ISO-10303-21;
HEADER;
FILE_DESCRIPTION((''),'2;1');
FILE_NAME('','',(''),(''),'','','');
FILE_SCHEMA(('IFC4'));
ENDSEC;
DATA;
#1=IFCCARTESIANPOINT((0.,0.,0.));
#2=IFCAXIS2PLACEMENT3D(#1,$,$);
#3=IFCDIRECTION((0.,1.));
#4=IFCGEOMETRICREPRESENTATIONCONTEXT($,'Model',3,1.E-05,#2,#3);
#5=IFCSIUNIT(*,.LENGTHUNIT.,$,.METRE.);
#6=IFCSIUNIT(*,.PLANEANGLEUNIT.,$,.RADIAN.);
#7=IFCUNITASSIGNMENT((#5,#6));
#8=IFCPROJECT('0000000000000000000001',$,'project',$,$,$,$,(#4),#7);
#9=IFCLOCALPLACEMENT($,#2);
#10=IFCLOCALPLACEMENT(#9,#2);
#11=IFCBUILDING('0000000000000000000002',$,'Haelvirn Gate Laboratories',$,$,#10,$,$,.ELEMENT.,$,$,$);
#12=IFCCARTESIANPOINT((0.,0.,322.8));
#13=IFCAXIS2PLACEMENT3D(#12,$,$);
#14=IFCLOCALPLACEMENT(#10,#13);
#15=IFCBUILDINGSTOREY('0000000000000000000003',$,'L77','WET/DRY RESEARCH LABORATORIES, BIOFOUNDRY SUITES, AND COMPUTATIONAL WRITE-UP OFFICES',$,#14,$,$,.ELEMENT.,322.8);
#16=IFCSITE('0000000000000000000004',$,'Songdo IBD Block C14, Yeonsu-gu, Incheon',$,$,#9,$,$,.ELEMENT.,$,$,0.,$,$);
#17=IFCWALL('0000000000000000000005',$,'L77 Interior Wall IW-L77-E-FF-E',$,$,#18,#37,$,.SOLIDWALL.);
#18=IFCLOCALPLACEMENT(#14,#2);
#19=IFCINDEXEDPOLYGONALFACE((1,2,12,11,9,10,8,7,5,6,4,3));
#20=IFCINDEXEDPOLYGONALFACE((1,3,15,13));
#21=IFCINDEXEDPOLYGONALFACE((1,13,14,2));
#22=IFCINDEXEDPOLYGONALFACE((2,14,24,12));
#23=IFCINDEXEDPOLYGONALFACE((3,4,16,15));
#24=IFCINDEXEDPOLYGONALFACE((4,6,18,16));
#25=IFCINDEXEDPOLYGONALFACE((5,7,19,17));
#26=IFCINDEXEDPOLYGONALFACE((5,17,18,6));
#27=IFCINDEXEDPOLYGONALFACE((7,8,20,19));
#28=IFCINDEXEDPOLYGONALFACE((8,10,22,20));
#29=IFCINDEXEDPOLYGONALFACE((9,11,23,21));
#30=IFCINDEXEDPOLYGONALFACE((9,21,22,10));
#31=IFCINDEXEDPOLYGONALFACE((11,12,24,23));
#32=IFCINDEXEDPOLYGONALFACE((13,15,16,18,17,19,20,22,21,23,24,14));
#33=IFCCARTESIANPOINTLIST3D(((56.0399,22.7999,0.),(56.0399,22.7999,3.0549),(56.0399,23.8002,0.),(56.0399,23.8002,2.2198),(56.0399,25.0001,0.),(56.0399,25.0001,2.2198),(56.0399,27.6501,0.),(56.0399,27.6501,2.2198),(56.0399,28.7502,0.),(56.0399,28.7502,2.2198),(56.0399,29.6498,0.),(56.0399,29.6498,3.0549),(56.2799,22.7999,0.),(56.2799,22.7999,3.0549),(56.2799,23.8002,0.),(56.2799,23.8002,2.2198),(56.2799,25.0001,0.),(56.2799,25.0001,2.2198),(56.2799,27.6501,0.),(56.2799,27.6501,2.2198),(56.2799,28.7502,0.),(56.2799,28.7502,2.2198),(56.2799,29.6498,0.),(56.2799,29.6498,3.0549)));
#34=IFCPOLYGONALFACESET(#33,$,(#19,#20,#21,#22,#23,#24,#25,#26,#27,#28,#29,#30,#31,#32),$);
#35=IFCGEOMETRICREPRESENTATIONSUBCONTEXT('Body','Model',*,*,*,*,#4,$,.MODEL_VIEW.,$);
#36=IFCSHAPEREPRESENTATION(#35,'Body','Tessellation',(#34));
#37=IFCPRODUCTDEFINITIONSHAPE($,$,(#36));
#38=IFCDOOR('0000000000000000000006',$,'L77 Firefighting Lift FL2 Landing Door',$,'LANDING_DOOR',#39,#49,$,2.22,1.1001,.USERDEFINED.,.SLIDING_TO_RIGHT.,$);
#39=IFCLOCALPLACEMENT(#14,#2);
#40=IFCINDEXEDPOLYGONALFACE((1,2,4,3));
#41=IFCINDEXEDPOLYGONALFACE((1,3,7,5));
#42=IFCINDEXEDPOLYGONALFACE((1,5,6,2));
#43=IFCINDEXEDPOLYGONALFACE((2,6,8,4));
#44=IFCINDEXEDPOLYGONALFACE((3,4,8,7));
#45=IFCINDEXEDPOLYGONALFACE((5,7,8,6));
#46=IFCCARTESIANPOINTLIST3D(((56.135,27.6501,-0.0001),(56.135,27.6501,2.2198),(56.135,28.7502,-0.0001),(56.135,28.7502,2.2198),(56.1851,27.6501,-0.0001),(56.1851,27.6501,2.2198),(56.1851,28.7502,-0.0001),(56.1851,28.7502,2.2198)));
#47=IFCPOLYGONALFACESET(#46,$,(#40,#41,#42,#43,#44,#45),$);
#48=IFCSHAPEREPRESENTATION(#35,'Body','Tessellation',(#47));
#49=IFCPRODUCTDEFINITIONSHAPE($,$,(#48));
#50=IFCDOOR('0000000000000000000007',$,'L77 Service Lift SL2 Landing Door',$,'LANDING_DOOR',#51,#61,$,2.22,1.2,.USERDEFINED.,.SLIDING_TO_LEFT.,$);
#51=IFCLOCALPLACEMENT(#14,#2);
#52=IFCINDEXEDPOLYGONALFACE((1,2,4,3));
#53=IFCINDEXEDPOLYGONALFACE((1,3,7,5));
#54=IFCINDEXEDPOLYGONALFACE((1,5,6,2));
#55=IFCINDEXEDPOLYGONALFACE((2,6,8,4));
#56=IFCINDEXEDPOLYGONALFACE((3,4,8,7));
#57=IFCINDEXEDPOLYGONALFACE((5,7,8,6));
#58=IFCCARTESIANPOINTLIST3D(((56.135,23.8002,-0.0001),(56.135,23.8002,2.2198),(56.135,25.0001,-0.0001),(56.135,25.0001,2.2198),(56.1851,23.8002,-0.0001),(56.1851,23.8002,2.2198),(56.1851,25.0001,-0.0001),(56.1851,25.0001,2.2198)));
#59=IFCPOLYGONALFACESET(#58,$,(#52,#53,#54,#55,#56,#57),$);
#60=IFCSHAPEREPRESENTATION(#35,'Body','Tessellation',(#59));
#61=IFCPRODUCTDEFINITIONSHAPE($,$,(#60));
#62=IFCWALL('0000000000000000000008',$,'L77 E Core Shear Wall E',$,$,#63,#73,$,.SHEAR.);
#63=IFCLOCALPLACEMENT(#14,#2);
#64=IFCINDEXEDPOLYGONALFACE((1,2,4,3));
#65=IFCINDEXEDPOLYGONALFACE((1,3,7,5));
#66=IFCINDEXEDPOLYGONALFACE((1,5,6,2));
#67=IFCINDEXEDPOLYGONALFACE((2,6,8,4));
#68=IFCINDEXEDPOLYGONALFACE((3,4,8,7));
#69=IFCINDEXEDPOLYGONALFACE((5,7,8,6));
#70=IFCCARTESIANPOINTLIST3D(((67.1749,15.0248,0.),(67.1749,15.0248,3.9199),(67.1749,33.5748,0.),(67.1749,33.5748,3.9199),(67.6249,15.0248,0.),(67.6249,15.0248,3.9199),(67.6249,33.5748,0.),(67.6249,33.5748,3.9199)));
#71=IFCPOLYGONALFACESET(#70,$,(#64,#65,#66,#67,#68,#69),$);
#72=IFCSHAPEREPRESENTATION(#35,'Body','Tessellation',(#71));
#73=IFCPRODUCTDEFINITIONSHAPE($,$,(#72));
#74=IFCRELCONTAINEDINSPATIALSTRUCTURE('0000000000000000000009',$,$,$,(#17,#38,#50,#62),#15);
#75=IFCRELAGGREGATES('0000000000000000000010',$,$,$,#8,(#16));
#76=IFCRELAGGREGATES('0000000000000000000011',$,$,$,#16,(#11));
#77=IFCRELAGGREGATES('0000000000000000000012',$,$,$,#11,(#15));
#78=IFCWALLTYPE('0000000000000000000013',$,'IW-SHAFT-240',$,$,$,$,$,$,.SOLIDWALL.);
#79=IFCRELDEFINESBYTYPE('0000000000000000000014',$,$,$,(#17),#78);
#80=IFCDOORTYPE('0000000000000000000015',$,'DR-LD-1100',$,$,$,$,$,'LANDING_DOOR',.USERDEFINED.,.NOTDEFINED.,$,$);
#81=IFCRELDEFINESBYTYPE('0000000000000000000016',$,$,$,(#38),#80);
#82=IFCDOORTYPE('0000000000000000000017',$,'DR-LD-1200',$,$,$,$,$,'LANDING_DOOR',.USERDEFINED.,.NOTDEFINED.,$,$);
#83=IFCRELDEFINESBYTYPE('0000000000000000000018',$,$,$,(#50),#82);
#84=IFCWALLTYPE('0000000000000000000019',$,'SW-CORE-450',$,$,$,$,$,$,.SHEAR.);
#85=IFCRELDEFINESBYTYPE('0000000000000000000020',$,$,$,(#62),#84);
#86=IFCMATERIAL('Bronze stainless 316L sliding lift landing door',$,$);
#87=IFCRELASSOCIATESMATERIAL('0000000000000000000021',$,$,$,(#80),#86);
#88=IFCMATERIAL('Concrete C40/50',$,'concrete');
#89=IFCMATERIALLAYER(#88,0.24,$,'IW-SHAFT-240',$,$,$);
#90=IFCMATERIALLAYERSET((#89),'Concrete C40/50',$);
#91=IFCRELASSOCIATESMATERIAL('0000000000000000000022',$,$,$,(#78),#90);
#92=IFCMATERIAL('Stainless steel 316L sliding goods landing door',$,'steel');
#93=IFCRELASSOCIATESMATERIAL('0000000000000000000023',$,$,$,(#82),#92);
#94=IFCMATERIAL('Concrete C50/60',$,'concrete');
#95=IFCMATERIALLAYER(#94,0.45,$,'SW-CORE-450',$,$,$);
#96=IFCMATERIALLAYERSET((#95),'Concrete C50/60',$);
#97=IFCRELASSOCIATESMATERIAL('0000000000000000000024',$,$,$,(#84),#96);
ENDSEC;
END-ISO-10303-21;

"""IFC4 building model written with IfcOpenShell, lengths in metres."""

from ifc_helpers import new_model, si_unit, direction, frame, frame_2d, origin, place, context, subcontext, project, spatial, rectangle, extrude, source, transform, mapped, material, layer, layer_set, type_object, type_shapes, element, fill, save


model = new_model("IFC4")

# Units and contexts
model_context = context("Model", 3, precision=1e-05, world=origin(), true_north=direction((0.0, 1.0)))
body_context = subcontext(model_context, "Body", "Model", "MODEL_VIEW")
ifc_project = project(units=[si_unit("LENGTHUNIT", "METRE"), si_unit("PLANEANGLEUNIT", "RADIAN")], contexts=[model_context])

# Site, building, storey
site_placement = place(None, origin())
site = spatial("IfcSite", under=ifc_project, at=site_placement, Name="Songdo IBD Block C14, Yeonsu-gu, Incheon", CompositionType="ELEMENT", RefElevation=0.0)
building_placement = place(site_placement, origin())
building = spatial("IfcBuilding", under=site, at=building_placement, Name="Haelvirn Gate Laboratories", CompositionType="ELEMENT")
storey_placement = place(building_placement, frame((0.0, 0.0, 322.8)))
storey = spatial("IfcBuildingStorey", under=building, at=storey_placement, Name="L77", Description="WET/DRY RESEARCH LABORATORIES, BIOFOUNDRY SUITES, AND COMPUTATIONAL WRITE-UP OFFICES", CompositionType="ELEMENT", Elevation=322.8)

# Shared definitions
ifc_material_1 = material(Name="Concrete C50/60", Category="concrete")

# Shared definitions
ifc_material_2 = material(Name="Concrete C40/50", Category="concrete")

# Shared definitions
ifc_material_3 = material(Name="Bronze stainless 316L sliding lift landing door")
door_type_1 = type_object("IfcDoorType", Name="DR-LD-1100", ElementType="LANDING_DOOR", OperationType="NOTDEFINED", PredefinedType="USERDEFINED", material=ifc_material_3)
shared_shape_1 = source(origin(), body_context, "Body", "SweptSolid", [
    extrude(rectangle(XDim=1.1001, YDim=2.22, at=frame_2d((0.55, 1.1099))), frame((0.0, 0.0249, 0.0), z_axis=(0.0, -1.0, 0.0), x_axis=(1.0, 0.0, 0.0)), (0.0, 0.0, 1.0), 0.05),
])
type_shapes(door_type_1, [shared_shape_1])

# Wall, openings, doors
ifc_layer_1 = layer(ifc_material_2, 0.24, Name="IW-SHAFT-240")
ifc_layer_set_1 = layer_set([ifc_layer_1], Name="Concrete C40/50")
wall_type_1 = type_object("IfcWallType", Name="IW-SHAFT-240", PredefinedType="SOLIDWALL", material=ifc_layer_set_1)
wall_1_placement = place(storey_placement, frame((56.1599, 22.8, 0.0), z_axis=(0.0, 0.0, 1.0), x_axis=(0.0, 1.0, 0.0)))
wall_1 = element("IfcWall", 1, at=wall_1_placement, inside=storey, type_object=wall_type_1, Name="L77 Interior Wall IW-L77-E-FF-E", PredefinedType="SOLIDWALL", context=body_context, shape_type="SweptSolid", body=[
    extrude(rectangle(XDim=6.8499, YDim=0.24, at=frame_2d((3.4248, 0.0))), origin(), (0.0, 0.0, 1.0), 3.0549),
])
opening_1_placement = place(wall_1_placement, frame((4.8501, 0.0, 0.0)))
opening_1 = element("IfcOpeningElement", 2, at=opening_1_placement, cuts=wall_1, PredefinedType="OPENING", context=body_context, shape_type="SweptSolid", body=[
    extrude(rectangle(XDim=1.1001, YDim=2.22, at=frame_2d((0.55, 1.1099))), frame((0.0, 0.1299, 0.0), z_axis=(0.0, -1.0, 0.0), x_axis=(1.0, 0.0, 0.0)), (0.0, 0.0, 1.0), 0.26),
])
opening_2_placement = place(wall_1_placement, frame((1.0, 0.0, 0.0)))
opening_2 = element("IfcOpeningElement", 3, at=opening_2_placement, cuts=wall_1, PredefinedType="OPENING", context=body_context, shape_type="SweptSolid", body=[
    extrude(rectangle(XDim=1.2, YDim=2.22, at=frame_2d((0.6001, 1.1099))), frame((0.0, 0.1299, 0.0), z_axis=(0.0, -1.0, 0.0), x_axis=(1.0, 0.0, 0.0)), (0.0, 0.0, 1.0), 0.26),
])
door_1_placement = place(opening_1_placement, origin())
door_1 = element("IfcDoor", 4, at=door_1_placement, inside=storey, type_object=door_type_1, Name="L77 Firefighting Lift FL2 Landing Door", ObjectType="LANDING_DOOR", OperationType="SLIDING_TO_RIGHT", OverallHeight=2.22, OverallWidth=1.1001, PredefinedType="USERDEFINED", context=body_context, shape_type="MappedRepresentation", body=[
    mapped(shared_shape_1, transform((0.0, 0.0, 0.0), scale=1.0)),
])
fill(opening_1, door_1)
ifc_material_4 = material(Name="Stainless steel 316L sliding goods landing door", Category="steel")
door_type_2 = type_object("IfcDoorType", Name="DR-LD-1200", ElementType="LANDING_DOOR", OperationType="NOTDEFINED", PredefinedType="USERDEFINED", material=ifc_material_4)
shared_shape_2 = source(origin(), body_context, "Body", "SweptSolid", [
    extrude(rectangle(XDim=1.2, YDim=2.22, at=frame_2d((0.6001, 1.1099))), frame((0.0, 0.0249, 0.0), z_axis=(0.0, -1.0, 0.0), x_axis=(1.0, 0.0, 0.0)), (0.0, 0.0, 1.0), 0.05),
])
type_shapes(door_type_2, [shared_shape_2])
door_2_placement = place(opening_2_placement, origin())
door_2 = element("IfcDoor", 5, at=door_2_placement, inside=storey, type_object=door_type_2, Name="L77 Service Lift SL2 Landing Door", ObjectType="LANDING_DOOR", OperationType="SLIDING_TO_LEFT", OverallHeight=2.22, OverallWidth=1.2, PredefinedType="USERDEFINED", context=body_context, shape_type="MappedRepresentation", body=[
    mapped(shared_shape_2, transform((0.0, 0.0, 0.0), scale=1.0)),
])
fill(opening_2, door_2)

# Wall
ifc_layer_2 = layer(ifc_material_1, 0.45, Name="SW-CORE-450")
ifc_layer_set_2 = layer_set([ifc_layer_2], Name="Concrete C50/60")
wall_type_2 = type_object("IfcWallType", Name="SW-CORE-450", PredefinedType="SHEAR", material=ifc_layer_set_2)
wall_2_placement = place(storey_placement, frame((67.3999, 15.0249, 0.0), z_axis=(0.0, 0.0, 1.0), x_axis=(0.0, 1.0, 0.0)))
element("IfcWall", 6, at=wall_2_placement, inside=storey, type_object=wall_type_2, Name="L77 E Core Shear Wall E", PredefinedType="SHEAR", context=body_context, shape_type="SweptSolid", body=[
    extrude(rectangle(XDim=18.55, YDim=0.45, at=frame_2d((9.2749, 0.0))), origin(), (0.0, 0.0, 1.0), 3.9199),
])

save(model, "model.ifc")
